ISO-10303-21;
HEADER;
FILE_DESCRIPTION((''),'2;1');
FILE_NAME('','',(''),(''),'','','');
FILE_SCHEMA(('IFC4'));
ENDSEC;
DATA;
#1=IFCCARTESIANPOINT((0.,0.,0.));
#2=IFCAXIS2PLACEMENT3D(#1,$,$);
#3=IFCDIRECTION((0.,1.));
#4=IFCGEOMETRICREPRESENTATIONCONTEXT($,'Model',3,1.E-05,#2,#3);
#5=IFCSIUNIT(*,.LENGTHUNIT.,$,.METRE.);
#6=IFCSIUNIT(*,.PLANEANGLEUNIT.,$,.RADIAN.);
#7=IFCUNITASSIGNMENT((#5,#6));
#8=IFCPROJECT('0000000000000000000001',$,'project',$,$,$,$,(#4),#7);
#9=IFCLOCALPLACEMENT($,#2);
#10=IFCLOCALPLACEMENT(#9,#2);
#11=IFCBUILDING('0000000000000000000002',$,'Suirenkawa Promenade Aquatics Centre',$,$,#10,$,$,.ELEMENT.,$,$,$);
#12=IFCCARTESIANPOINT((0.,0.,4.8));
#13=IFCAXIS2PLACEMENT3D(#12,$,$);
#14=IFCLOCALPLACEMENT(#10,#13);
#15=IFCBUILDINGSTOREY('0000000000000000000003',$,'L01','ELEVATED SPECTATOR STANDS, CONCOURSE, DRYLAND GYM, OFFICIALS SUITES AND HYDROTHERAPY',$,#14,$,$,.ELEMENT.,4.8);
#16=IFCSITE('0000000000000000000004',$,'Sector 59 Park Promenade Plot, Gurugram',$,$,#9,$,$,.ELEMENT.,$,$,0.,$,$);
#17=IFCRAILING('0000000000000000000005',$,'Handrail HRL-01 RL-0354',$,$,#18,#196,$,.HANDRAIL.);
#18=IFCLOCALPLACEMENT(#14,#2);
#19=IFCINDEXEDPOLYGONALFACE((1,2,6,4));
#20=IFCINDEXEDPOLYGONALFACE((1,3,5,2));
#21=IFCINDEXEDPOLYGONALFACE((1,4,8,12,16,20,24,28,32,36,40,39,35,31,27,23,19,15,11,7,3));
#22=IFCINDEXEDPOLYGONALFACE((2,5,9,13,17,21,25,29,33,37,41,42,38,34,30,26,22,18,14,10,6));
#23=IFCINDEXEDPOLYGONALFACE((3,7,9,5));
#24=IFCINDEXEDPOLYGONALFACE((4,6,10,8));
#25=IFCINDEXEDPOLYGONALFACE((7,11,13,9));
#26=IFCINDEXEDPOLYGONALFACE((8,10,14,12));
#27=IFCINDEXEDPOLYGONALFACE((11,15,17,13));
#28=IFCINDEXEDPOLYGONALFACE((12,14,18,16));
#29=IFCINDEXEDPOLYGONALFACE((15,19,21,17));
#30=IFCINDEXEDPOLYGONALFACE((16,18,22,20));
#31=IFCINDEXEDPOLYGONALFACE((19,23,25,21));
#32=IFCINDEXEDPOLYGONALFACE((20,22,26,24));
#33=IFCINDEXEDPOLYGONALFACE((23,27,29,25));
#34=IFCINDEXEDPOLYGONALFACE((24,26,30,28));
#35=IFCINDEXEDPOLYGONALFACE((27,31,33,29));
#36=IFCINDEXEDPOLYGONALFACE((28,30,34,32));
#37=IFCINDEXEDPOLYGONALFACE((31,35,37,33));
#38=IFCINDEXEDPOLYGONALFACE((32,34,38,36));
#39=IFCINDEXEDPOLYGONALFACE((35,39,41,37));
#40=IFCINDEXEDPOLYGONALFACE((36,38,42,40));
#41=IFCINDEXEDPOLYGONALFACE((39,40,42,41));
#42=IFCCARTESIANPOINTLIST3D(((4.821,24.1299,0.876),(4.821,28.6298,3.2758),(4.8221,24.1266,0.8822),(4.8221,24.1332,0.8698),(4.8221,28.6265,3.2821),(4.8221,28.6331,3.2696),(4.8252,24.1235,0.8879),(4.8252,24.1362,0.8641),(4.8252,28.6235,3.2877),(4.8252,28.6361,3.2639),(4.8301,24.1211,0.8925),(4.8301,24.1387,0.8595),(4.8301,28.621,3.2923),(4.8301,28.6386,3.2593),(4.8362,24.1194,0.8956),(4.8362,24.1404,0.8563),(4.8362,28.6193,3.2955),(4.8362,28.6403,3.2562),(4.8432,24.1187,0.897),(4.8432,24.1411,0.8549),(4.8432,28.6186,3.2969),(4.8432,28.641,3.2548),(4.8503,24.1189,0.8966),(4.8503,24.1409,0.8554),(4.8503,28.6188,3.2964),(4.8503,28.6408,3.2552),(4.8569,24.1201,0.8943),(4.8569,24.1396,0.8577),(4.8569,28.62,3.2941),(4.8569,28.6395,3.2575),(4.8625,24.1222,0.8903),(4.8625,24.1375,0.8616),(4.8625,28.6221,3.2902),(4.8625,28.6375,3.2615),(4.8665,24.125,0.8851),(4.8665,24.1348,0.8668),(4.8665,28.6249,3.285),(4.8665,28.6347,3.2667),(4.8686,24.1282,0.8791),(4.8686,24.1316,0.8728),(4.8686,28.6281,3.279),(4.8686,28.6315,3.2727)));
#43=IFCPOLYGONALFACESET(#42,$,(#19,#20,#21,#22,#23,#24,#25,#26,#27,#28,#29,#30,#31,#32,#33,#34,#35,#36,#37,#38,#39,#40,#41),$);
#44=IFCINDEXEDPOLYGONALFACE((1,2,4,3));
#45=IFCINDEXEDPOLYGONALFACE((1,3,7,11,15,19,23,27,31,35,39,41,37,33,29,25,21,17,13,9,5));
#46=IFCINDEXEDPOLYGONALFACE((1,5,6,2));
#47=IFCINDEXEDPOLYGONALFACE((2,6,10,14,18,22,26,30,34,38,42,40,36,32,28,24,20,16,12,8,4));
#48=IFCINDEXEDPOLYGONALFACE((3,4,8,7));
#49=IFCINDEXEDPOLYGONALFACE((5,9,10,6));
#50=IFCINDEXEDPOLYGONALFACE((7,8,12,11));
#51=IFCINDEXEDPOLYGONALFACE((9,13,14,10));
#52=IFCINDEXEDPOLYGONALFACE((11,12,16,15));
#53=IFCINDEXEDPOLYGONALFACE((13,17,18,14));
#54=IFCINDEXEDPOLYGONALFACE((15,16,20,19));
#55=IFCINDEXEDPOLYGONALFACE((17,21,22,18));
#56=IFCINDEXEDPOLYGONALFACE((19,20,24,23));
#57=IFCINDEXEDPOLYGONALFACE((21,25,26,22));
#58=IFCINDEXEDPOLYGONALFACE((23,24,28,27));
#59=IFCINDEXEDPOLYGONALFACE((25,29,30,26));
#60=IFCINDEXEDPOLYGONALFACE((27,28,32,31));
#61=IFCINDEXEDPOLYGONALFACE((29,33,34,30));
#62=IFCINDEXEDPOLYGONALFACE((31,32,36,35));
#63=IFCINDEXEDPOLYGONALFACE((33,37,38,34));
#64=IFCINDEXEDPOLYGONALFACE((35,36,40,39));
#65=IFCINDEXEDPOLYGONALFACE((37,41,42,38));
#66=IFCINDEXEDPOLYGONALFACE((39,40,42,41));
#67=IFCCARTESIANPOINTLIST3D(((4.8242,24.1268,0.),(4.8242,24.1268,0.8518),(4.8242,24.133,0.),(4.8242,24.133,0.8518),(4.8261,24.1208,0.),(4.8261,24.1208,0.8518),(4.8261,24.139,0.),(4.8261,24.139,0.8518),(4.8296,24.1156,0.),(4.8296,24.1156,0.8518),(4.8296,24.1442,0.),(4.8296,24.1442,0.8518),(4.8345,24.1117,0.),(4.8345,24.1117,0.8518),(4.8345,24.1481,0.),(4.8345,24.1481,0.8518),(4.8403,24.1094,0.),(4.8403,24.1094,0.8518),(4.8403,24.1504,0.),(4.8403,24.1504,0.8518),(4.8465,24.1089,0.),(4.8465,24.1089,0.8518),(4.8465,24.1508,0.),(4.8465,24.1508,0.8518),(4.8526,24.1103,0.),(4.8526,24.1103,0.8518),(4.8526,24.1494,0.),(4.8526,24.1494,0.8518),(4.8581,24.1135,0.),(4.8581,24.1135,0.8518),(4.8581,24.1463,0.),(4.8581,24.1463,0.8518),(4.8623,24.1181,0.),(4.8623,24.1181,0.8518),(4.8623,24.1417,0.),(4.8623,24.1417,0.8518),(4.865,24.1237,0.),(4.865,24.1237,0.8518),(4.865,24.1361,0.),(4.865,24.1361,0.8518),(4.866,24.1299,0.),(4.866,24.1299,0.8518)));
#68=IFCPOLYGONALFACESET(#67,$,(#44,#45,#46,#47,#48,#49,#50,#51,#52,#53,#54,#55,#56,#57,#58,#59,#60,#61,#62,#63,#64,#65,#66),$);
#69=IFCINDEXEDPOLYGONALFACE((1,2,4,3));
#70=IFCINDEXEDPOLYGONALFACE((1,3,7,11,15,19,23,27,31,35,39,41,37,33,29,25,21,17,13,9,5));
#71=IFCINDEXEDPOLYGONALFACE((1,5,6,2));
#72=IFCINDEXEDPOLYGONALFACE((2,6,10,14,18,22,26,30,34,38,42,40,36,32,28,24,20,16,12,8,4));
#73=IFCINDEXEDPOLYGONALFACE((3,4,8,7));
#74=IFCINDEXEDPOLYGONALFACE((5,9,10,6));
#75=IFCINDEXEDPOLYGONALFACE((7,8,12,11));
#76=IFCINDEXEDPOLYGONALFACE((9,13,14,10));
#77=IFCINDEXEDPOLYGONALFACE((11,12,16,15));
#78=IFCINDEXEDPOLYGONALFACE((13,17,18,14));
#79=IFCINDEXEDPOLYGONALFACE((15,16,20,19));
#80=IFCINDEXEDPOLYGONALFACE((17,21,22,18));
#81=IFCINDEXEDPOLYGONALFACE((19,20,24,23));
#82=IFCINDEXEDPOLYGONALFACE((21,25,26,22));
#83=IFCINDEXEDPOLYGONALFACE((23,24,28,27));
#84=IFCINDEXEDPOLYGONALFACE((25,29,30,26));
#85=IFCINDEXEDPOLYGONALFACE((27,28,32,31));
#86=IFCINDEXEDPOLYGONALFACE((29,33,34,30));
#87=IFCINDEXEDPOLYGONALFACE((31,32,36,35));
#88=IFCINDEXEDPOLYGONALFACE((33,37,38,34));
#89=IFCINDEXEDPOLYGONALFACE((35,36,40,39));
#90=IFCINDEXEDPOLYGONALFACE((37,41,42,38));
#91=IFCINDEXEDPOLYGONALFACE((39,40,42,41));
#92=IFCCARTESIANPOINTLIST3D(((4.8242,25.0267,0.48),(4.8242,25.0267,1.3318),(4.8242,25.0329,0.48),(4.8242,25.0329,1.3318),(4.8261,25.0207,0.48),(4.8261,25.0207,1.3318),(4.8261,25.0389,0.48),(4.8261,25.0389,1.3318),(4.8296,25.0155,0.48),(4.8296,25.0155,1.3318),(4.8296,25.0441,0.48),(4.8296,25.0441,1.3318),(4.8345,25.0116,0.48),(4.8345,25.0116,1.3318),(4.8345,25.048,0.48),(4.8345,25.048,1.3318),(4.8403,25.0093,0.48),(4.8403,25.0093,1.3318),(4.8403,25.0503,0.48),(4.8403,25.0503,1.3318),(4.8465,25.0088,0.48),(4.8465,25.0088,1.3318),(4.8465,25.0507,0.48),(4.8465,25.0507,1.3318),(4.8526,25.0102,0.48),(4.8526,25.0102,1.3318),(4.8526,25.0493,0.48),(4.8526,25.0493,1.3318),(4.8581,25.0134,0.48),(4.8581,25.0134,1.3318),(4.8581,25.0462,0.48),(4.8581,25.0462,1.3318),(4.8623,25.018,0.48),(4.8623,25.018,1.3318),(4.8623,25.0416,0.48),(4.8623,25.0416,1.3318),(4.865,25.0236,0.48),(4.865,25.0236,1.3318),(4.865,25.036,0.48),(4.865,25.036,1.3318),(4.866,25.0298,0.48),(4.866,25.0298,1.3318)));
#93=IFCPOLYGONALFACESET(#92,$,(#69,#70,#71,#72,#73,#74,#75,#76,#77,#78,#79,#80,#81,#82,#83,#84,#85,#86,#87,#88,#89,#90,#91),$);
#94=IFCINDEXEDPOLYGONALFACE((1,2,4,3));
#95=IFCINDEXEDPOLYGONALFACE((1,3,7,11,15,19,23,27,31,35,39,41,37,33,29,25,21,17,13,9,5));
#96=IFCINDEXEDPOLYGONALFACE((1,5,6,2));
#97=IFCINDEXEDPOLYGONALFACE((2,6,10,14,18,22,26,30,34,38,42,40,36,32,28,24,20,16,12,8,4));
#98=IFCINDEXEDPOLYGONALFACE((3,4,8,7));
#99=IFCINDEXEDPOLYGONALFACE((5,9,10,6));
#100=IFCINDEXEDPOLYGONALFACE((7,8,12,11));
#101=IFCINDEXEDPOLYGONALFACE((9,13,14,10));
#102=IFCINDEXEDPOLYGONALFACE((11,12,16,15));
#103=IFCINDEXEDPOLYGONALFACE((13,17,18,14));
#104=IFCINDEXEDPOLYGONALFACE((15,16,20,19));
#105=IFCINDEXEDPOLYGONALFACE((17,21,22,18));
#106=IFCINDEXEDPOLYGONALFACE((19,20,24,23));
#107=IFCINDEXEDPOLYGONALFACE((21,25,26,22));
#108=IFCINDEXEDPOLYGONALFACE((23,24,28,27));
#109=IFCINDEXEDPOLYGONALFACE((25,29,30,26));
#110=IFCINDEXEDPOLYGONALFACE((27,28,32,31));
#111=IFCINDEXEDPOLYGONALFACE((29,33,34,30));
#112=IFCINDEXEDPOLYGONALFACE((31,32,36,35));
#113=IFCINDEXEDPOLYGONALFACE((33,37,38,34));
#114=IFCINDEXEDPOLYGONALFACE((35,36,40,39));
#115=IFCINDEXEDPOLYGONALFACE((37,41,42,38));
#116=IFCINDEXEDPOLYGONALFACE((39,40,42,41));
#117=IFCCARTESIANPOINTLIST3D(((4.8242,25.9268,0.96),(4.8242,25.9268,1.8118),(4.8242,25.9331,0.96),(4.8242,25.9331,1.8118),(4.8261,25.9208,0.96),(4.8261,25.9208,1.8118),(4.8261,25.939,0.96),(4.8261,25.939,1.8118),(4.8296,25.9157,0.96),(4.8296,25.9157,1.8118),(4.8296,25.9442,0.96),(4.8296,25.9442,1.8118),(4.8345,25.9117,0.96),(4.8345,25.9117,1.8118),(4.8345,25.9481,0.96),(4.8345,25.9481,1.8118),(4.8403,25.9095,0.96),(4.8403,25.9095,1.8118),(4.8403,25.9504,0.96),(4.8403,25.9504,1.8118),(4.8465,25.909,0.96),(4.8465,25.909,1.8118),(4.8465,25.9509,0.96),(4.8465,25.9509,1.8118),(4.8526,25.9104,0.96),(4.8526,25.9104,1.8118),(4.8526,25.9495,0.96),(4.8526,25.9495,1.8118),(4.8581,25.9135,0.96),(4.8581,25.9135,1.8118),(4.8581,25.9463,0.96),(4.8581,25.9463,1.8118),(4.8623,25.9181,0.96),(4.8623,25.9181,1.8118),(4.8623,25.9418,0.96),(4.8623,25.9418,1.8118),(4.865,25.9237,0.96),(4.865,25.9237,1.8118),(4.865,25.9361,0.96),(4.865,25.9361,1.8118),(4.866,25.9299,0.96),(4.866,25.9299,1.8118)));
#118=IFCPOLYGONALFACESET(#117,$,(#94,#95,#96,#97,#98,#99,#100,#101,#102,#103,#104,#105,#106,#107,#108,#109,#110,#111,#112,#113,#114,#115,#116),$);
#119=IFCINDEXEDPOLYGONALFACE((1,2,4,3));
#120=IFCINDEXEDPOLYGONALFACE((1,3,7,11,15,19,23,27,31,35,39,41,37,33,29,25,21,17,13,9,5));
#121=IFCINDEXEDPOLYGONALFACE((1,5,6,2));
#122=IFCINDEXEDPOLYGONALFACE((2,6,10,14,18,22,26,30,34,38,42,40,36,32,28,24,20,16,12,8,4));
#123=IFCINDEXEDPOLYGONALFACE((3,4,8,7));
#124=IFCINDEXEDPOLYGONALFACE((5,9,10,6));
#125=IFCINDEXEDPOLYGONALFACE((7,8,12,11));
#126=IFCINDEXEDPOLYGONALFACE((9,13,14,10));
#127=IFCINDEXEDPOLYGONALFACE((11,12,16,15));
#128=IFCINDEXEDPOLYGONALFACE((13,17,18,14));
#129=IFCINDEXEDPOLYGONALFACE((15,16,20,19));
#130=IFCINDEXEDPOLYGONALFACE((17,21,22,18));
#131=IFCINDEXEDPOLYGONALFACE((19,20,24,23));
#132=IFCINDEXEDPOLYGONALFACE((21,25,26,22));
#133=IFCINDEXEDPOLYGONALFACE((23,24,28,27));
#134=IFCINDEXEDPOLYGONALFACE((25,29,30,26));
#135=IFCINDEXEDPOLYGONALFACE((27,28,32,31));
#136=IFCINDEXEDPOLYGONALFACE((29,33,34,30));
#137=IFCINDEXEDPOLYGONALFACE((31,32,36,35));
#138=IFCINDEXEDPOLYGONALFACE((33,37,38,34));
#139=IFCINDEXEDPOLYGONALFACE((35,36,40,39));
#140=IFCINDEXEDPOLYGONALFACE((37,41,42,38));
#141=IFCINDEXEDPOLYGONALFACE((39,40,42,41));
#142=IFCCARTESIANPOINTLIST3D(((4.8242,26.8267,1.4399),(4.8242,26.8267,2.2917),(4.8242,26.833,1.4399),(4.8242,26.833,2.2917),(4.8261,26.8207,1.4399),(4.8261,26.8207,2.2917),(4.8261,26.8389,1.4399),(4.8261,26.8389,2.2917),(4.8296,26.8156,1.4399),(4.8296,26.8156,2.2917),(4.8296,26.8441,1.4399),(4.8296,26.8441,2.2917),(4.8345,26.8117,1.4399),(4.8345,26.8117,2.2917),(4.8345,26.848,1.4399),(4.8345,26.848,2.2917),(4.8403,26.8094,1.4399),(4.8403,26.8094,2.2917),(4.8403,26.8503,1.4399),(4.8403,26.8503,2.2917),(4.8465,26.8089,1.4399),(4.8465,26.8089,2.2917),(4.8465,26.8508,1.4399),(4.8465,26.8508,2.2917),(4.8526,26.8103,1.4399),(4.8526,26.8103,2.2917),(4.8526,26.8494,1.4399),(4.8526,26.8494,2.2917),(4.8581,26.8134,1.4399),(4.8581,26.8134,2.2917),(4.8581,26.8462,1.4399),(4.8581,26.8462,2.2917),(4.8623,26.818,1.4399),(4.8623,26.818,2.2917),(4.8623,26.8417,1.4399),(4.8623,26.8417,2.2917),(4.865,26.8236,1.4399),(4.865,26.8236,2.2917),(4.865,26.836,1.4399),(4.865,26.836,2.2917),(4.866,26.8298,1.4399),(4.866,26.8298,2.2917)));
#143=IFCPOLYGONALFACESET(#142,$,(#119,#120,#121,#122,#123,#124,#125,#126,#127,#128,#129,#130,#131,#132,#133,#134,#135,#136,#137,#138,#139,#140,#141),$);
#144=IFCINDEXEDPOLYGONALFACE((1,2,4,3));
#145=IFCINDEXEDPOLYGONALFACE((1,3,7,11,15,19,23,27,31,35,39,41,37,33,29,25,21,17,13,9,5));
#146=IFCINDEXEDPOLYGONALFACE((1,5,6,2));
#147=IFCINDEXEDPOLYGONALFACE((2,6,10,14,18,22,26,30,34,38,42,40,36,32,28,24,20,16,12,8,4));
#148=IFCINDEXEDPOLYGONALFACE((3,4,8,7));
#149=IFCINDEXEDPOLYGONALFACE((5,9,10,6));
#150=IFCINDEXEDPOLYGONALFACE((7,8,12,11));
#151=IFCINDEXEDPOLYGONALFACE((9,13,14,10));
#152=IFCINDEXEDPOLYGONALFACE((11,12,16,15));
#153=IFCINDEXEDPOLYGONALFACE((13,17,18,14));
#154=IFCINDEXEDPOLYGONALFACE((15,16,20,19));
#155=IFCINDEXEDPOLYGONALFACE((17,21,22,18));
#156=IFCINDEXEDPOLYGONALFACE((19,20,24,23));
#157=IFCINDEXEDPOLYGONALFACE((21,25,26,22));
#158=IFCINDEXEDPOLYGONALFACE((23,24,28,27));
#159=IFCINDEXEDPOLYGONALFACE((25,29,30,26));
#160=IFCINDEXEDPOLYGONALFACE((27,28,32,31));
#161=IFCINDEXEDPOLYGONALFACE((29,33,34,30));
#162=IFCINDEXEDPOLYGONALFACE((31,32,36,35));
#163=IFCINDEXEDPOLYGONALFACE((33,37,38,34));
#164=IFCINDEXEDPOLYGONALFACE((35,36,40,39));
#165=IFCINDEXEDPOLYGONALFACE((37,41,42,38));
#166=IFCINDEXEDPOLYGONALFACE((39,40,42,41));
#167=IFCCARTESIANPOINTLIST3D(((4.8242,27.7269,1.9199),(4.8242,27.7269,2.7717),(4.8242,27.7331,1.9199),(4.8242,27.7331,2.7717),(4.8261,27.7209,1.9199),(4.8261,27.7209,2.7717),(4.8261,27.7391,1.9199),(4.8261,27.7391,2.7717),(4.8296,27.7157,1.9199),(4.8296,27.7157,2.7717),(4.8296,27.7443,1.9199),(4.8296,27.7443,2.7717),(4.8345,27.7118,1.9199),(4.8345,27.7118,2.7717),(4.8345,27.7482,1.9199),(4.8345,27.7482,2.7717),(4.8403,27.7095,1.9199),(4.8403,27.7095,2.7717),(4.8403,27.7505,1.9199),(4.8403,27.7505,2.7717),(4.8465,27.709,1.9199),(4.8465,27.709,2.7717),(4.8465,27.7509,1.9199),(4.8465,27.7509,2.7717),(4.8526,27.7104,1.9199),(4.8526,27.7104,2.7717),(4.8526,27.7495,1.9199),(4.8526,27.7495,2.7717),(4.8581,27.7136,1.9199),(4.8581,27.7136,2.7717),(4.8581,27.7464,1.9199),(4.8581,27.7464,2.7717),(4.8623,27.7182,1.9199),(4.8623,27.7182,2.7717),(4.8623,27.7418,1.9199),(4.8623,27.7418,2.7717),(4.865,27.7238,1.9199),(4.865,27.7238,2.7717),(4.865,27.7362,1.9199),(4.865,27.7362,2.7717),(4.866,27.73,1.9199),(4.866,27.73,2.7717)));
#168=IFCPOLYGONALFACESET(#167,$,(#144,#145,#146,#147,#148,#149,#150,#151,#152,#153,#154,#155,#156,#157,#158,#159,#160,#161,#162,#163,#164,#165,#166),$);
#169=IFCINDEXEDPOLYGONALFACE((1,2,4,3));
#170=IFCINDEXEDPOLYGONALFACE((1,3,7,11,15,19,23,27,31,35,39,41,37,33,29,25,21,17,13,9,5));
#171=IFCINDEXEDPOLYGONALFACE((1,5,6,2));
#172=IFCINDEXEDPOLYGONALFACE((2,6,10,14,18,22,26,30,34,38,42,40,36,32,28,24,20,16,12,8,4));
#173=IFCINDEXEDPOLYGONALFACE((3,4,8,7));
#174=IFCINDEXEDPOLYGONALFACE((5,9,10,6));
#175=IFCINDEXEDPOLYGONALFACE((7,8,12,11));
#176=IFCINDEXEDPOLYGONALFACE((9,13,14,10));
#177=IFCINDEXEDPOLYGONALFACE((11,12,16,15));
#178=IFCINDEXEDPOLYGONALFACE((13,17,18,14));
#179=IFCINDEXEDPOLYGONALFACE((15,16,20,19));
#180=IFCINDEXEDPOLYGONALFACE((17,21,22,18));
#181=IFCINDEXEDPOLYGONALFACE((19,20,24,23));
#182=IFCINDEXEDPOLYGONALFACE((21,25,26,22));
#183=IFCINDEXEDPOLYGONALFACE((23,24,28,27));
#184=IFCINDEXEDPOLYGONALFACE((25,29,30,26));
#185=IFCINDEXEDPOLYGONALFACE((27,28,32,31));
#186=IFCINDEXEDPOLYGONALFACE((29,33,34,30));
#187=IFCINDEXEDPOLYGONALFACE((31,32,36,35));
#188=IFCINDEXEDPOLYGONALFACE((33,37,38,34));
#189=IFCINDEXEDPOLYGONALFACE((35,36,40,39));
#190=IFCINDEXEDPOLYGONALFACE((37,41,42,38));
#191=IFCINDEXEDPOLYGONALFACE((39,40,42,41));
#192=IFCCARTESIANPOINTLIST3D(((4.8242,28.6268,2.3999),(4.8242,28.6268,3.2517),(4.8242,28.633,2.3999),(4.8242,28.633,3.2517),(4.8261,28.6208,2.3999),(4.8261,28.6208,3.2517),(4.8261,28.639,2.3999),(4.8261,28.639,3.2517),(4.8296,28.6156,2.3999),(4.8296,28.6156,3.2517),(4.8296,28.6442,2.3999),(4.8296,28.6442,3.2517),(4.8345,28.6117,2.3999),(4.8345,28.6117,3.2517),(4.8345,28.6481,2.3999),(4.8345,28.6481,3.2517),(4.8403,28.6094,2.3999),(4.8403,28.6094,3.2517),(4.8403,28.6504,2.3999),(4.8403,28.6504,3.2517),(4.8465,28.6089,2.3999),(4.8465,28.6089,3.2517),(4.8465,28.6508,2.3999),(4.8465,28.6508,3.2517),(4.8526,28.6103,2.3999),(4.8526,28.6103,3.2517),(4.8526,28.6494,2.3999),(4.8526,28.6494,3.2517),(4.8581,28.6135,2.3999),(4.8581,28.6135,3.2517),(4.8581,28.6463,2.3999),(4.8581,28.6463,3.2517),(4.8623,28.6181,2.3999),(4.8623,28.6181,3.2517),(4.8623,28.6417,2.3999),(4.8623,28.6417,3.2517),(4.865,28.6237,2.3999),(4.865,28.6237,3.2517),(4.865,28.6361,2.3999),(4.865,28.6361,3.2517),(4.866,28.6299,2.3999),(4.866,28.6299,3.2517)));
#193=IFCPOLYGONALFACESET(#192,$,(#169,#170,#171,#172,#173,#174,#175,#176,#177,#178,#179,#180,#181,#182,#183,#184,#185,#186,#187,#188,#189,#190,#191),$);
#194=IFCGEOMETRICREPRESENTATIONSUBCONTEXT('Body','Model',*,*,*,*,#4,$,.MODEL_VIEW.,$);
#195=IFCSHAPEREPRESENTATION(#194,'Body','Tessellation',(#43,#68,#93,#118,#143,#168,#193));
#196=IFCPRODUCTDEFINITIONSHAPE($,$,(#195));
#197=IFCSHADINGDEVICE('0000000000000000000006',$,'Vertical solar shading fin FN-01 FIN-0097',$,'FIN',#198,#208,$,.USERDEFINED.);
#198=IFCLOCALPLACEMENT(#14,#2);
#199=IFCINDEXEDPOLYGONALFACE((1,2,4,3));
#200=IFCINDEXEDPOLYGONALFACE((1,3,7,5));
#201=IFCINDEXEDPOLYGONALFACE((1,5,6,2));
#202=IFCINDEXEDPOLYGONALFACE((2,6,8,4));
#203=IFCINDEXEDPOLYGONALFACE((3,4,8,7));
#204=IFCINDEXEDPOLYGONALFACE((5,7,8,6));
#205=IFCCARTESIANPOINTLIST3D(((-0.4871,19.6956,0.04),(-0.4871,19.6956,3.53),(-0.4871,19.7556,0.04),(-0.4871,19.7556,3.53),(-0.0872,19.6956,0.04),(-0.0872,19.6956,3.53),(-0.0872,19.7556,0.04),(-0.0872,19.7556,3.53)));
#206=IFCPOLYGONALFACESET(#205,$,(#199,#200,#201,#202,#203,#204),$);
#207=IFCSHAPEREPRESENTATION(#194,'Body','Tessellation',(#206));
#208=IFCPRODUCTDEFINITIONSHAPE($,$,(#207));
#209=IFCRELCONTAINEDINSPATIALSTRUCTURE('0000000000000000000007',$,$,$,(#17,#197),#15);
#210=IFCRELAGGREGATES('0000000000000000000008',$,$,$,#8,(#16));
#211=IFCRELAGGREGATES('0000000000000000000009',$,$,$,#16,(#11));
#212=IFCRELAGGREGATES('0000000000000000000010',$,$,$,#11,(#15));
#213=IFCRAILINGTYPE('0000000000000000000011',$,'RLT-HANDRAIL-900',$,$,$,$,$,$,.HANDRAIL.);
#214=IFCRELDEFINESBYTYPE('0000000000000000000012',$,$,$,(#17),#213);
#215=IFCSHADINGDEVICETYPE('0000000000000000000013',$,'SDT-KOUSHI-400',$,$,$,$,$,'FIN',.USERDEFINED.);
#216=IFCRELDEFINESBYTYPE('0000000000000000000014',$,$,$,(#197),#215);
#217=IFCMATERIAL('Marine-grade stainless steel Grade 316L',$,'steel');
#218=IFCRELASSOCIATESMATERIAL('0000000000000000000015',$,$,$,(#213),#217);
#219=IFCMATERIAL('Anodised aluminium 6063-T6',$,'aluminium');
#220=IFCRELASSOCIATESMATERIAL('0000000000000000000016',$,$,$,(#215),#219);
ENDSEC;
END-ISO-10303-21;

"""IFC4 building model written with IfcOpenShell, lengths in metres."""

from ifc_helpers import new_model, si_unit, direction, frame, origin, origin_2d, place, context, subcontext, project, spatial, rectangle, circle, extrude, material, type_object, element, save


model = new_model("IFC4")

# Units and contexts
model_context = context("Model", 3, precision=1e-05, world=origin(), true_north=direction((0.0, 1.0)))
body_context = subcontext(model_context, "Body", "Model", "MODEL_VIEW")
ifc_project = project(units=[si_unit("LENGTHUNIT", "METRE"), si_unit("PLANEANGLEUNIT", "RADIAN")], contexts=[model_context])

# Site, building, storey
site_placement = place(None, origin())
site = spatial("IfcSite", under=ifc_project, at=site_placement, Name="Sector 59 Park Promenade Plot, Gurugram", CompositionType="ELEMENT", RefElevation=0.0)
building_placement = place(site_placement, origin())
building = spatial("IfcBuilding", under=site, at=building_placement, Name="Suirenkawa Promenade Aquatics Centre", CompositionType="ELEMENT")
storey_placement = place(building_placement, frame((0.0, 0.0, 4.8)))
storey = spatial("IfcBuildingStorey", under=building, at=storey_placement, Name="L01", Description="ELEVATED SPECTATOR STANDS, CONCOURSE, DRYLAND GYM, OFFICIALS SUITES AND HYDROTHERAPY", CompositionType="ELEMENT", Elevation=4.8)

# Shared definitions
ifc_material_1 = material(Name="Anodised aluminium 6063-T6", Category="aluminium")

# Railing
ifc_material_2 = material(Name="Marine-grade stainless steel Grade 316L", Category="steel")
railing_type_1 = type_object("IfcRailingType", Name="RLT-HANDRAIL-900", PredefinedType="HANDRAIL", material=ifc_material_2)
for number, where, name in (
    (1, (4.845, 24.1299, 0.0), "Handrail HRL-01 RL-0354"),
):
    element("IfcRailing", number, at=place(storey_placement, frame(where)), inside=storey, type_object=railing_type_1, Name=name, PredefinedType="HANDRAIL", context=body_context, shape_type="SweptSolid", body=[
        extrude(circle(Radius=0.0239, at=origin_2d()), frame((0.0, 0.0, 0.876), z_axis=(0.0, 0.882361, 0.470573), x_axis=(-1.0, 0.0, 0.0)), (0.0, 0.0, 1.0), 5.0999),
        extrude(circle(Radius=0.021, at=origin_2d()), origin(), (0.0, 0.0, 1.0), 0.8518),
        extrude(circle(Radius=0.021, at=origin_2d()), frame((0.0, 0.8999, 0.48)), (0.0, 0.0, 1.0), 0.8518),
        extrude(circle(Radius=0.021, at=origin_2d()), frame((0.0, 1.8, 0.96)), (0.0, 0.0, 1.0), 0.8518),
        extrude(circle(Radius=0.021, at=origin_2d()), frame((0.0, 2.7, 1.4399)), (0.0, 0.0, 1.0), 0.8518),
        extrude(circle(Radius=0.021, at=origin_2d()), frame((0.0, 3.6001, 1.9199)), (0.0, 0.0, 1.0), 0.8518),
        extrude(circle(Radius=0.021, at=origin_2d()), frame((0.0, 4.5, 2.3999)), (0.0, 0.0, 1.0), 0.8518),
    ])

# Shading device
shading_device_type = type_object("IfcShadingDeviceType", Name="SDT-KOUSHI-400", ElementType="FIN", PredefinedType="USERDEFINED", material=ifc_material_1)
for number, where, z_axis, x_axis, name in (
    (2, (-0.2871, 19.7256, 0.04), (0.0, 0.0, 1.0), (-1.0, 0.0, 0.0), "Vertical solar shading fin FN-01 FIN-0097"),
):
    element("IfcShadingDevice", number, at=place(storey_placement, frame(where, z_axis=z_axis, x_axis=x_axis)), inside=storey, type_object=shading_device_type, Name=name, ObjectType="FIN", PredefinedType="USERDEFINED", context=body_context, shape_type="SweptSolid", body=[
        extrude(rectangle(XDim=0.3999, YDim=0.0601, at=origin_2d()), origin(), (0.0, 0.0, 1.0), 3.49),
    ])

save(model, "model.ifc")
